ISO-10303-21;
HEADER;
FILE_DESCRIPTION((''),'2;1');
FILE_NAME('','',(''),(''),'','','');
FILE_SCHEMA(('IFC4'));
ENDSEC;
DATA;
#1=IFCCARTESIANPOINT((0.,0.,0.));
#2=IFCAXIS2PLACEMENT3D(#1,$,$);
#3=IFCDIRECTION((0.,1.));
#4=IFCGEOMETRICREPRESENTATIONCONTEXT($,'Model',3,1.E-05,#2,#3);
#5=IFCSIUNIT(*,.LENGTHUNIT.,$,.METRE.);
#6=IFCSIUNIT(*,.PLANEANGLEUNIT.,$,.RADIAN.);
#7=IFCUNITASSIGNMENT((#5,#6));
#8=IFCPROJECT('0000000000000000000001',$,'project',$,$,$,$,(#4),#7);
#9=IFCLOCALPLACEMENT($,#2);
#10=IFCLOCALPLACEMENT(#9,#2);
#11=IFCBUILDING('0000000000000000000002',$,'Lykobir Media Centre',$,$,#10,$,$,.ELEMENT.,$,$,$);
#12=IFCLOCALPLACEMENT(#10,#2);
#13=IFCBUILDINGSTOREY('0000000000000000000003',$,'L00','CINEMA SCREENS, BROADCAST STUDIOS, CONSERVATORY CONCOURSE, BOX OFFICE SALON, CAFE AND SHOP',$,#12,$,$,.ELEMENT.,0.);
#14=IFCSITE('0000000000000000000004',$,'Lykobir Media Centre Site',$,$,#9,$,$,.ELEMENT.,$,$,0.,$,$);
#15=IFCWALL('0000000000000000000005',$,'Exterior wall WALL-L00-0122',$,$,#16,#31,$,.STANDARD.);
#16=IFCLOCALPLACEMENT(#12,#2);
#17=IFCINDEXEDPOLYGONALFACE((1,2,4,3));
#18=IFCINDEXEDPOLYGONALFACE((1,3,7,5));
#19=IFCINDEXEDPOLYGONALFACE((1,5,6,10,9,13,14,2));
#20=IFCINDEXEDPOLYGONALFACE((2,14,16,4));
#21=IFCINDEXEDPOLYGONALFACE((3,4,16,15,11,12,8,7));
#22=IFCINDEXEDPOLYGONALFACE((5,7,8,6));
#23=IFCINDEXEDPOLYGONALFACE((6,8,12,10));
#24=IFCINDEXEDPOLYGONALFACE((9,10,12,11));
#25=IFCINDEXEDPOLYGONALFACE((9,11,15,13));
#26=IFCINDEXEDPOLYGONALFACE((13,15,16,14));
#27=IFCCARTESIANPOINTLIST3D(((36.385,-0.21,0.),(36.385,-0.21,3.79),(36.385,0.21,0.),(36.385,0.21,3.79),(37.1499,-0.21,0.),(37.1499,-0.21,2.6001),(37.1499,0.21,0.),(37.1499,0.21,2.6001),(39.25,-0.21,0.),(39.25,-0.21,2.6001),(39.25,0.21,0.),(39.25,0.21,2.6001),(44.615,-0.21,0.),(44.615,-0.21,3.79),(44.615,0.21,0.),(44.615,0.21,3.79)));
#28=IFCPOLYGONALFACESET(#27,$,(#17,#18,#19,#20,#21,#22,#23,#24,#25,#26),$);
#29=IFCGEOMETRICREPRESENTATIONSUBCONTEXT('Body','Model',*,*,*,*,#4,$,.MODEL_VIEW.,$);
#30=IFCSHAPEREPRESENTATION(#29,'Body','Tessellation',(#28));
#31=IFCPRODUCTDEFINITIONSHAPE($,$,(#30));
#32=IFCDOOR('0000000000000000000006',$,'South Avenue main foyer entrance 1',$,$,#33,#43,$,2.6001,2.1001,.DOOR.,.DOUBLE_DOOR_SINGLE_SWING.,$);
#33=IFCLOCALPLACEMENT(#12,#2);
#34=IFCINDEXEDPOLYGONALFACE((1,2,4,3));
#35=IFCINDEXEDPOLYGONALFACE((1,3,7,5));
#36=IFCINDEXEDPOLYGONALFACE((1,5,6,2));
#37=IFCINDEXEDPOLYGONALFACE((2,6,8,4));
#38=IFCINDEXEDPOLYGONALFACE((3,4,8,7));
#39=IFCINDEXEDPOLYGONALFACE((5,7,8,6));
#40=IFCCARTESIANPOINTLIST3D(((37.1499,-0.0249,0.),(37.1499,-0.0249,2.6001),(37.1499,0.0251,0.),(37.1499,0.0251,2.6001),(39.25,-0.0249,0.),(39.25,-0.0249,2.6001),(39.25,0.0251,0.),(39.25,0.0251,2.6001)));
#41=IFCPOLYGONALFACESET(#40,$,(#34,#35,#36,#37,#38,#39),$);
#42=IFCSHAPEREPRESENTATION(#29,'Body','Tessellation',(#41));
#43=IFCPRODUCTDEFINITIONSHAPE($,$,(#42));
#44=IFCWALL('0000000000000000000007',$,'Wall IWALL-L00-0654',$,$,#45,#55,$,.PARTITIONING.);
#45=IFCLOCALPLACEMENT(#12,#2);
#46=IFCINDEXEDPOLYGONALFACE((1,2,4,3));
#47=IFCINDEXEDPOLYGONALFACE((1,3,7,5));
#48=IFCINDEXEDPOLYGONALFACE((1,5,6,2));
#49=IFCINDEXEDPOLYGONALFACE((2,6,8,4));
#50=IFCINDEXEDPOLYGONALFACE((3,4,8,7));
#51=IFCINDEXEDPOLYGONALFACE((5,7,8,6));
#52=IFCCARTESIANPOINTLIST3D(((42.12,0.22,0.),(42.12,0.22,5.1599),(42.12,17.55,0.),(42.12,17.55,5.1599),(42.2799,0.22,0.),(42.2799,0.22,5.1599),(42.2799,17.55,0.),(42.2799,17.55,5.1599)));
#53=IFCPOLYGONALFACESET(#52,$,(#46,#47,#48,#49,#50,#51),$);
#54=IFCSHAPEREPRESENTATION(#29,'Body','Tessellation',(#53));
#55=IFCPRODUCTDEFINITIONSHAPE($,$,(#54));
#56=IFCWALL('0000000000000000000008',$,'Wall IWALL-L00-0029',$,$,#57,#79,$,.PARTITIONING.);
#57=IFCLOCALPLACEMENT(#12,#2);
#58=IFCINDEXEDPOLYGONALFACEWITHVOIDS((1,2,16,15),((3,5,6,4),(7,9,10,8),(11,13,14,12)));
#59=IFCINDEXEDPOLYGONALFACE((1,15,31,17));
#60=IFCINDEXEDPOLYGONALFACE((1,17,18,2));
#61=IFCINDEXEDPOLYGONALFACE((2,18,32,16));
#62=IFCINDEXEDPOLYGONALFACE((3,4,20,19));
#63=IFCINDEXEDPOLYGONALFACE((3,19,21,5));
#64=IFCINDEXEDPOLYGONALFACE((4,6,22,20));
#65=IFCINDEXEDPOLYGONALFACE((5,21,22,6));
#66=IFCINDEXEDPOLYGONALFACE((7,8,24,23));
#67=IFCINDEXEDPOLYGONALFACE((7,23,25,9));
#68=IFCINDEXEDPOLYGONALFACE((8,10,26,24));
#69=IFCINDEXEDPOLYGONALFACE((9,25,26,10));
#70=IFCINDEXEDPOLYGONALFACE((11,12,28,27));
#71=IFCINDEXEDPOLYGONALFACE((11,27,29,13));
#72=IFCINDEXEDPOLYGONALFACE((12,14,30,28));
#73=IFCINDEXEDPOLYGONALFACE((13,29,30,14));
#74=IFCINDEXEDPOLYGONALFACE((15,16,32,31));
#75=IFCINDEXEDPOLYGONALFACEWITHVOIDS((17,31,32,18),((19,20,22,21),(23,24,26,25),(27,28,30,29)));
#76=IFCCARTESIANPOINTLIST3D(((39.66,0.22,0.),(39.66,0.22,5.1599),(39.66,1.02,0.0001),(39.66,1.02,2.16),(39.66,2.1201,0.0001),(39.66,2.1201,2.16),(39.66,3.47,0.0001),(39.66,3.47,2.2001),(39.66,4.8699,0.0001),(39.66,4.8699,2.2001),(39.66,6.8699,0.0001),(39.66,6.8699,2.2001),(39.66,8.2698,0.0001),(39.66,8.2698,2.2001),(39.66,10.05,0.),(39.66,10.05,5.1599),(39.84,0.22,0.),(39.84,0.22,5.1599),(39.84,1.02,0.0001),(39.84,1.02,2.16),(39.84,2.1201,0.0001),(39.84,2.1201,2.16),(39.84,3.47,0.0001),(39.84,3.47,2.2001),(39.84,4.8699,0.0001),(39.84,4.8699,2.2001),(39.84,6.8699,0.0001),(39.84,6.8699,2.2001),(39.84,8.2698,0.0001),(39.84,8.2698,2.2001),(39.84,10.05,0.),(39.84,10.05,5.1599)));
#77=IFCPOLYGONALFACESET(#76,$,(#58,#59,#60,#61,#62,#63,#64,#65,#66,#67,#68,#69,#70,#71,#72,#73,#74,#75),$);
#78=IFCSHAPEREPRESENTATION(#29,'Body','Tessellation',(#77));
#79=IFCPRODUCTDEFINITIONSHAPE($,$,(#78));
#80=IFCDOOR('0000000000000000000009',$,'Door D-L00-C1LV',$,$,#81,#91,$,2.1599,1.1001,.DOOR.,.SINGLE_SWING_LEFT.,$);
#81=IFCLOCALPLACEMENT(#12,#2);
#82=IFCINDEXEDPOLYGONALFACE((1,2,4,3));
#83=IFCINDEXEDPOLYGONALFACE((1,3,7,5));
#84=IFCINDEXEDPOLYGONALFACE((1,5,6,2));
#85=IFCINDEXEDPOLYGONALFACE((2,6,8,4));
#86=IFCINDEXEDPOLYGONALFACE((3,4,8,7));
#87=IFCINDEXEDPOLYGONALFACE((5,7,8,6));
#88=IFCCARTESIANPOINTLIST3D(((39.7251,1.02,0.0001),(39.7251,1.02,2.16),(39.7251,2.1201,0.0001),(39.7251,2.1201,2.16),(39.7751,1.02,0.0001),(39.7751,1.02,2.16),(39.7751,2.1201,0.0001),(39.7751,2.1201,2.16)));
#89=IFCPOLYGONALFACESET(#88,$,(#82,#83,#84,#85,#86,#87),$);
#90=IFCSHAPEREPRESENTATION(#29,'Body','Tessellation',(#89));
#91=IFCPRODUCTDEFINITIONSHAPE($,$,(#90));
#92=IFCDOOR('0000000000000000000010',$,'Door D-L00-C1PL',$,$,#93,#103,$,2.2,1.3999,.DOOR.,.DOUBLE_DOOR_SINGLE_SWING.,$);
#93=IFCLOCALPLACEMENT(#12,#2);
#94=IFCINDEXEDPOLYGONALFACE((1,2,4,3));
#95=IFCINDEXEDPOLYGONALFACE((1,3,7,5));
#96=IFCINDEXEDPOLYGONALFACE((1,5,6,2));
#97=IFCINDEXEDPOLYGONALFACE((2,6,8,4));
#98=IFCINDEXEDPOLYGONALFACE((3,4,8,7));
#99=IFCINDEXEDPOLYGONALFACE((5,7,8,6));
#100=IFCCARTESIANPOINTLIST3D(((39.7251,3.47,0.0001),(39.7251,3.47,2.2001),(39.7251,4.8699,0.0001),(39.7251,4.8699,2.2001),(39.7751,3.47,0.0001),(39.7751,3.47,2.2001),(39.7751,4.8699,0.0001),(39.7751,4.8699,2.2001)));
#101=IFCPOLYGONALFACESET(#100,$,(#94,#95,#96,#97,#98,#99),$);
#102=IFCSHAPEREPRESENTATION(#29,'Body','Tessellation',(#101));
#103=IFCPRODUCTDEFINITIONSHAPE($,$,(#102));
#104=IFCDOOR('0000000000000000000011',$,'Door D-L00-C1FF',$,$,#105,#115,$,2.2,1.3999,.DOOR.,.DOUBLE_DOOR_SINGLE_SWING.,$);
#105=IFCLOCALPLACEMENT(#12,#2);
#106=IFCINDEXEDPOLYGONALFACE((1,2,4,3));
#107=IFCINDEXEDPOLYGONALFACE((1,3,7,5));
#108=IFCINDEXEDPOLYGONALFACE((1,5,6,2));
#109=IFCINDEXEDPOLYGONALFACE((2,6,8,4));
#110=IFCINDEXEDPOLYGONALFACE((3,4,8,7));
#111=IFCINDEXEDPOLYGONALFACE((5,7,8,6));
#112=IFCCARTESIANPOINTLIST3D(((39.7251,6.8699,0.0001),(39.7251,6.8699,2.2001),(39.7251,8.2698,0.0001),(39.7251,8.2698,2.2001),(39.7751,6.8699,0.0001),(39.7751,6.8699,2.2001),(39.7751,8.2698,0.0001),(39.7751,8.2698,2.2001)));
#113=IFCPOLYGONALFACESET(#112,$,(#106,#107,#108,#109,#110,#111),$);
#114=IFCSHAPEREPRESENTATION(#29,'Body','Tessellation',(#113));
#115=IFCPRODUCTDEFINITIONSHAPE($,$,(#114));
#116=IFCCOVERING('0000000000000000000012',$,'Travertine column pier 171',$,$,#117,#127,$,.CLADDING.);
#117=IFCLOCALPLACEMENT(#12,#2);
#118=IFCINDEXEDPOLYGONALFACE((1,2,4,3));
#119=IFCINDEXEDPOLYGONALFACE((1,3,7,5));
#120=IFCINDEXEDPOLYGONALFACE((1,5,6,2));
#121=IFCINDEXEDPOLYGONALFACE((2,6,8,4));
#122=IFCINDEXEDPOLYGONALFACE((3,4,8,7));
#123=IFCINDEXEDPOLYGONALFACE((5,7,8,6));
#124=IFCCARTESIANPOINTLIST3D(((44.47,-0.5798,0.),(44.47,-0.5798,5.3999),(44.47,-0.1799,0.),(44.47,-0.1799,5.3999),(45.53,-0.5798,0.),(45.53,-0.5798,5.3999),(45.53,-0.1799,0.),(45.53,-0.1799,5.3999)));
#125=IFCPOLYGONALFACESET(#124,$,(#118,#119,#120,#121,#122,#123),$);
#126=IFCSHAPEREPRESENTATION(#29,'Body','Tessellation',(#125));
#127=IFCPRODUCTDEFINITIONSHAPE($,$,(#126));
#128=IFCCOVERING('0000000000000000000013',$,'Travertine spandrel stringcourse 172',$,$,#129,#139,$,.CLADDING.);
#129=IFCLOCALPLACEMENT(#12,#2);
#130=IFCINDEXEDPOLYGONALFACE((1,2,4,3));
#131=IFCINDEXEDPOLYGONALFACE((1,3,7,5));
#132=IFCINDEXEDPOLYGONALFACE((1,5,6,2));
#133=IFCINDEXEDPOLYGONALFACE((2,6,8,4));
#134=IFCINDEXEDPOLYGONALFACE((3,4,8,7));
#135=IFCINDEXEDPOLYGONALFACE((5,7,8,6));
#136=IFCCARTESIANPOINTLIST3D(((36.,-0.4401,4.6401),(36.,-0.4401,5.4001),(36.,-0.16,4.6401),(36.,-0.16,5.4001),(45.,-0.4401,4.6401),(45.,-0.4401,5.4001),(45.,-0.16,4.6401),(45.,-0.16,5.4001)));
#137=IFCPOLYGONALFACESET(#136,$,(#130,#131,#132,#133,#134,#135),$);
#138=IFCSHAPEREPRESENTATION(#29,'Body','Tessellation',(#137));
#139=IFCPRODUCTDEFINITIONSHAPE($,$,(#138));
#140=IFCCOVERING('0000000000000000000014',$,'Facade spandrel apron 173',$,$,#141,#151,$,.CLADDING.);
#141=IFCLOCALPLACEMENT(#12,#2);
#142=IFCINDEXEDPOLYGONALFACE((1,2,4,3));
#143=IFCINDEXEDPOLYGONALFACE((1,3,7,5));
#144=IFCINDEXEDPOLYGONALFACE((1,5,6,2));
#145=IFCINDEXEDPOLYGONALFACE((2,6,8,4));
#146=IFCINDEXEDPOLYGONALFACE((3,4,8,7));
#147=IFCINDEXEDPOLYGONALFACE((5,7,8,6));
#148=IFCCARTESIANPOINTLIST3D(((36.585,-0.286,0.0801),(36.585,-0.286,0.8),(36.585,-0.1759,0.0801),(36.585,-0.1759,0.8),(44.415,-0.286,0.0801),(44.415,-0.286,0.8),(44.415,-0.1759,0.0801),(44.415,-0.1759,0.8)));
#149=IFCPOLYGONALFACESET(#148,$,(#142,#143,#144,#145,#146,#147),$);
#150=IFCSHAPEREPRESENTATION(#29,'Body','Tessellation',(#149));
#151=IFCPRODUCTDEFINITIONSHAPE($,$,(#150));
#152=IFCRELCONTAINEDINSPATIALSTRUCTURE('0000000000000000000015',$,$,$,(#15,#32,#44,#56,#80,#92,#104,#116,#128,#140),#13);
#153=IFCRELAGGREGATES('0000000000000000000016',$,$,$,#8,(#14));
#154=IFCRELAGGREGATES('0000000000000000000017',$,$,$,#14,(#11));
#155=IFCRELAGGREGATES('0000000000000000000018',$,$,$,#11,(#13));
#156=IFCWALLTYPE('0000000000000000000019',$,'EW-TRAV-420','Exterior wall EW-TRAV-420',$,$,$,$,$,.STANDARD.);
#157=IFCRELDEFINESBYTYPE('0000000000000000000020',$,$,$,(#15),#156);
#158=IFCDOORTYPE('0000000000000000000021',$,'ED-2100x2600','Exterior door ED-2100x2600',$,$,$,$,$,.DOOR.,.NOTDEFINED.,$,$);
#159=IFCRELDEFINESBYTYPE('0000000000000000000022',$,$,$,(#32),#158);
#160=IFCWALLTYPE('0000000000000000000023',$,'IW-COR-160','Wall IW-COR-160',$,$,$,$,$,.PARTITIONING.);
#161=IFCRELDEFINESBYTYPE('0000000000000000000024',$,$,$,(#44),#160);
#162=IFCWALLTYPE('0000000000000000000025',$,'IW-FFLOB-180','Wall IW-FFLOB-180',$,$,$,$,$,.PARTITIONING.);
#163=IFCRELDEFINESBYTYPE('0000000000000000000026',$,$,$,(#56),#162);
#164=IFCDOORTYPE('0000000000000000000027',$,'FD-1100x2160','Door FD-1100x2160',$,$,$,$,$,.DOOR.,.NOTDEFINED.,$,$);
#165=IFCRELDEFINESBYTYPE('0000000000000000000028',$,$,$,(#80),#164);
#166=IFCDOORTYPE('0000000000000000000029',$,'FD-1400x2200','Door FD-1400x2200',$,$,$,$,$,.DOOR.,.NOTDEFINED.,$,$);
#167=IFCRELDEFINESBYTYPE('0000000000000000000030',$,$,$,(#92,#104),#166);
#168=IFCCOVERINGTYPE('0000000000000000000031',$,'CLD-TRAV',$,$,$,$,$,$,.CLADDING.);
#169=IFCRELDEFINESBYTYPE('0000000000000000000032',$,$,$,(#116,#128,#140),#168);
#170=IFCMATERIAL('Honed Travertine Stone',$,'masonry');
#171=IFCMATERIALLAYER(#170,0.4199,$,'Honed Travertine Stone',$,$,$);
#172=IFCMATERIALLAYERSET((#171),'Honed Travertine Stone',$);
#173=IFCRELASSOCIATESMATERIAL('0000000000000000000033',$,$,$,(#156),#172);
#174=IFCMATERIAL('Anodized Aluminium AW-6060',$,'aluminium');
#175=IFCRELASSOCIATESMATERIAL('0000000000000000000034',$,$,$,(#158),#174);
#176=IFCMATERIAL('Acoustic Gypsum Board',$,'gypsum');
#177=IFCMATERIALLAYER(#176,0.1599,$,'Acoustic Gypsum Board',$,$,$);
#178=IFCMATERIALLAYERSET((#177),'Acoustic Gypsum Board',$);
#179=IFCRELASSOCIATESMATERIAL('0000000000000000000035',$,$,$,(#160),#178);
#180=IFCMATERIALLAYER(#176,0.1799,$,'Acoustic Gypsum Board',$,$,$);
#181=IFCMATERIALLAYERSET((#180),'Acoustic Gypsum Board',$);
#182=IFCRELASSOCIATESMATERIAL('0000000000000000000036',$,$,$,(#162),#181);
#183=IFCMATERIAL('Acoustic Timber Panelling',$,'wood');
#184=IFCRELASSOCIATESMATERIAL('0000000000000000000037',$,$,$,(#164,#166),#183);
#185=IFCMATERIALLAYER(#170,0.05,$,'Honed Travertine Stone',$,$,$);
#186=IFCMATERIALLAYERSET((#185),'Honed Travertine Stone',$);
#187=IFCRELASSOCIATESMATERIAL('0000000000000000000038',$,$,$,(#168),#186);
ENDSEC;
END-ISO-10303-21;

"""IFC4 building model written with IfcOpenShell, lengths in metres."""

from ifc_helpers import new_model, si_unit, direction, frame, frame_2d, origin, origin_2d, place, context, subcontext, project, spatial, rectangle, extrude, material, layer, layer_set, type_object, element, fill, save


model = new_model("IFC4")

# Units and contexts
model_context = context("Model", 3, precision=1e-05, world=origin(), true_north=direction((0.0, 1.0)))
body_context = subcontext(model_context, "Body", "Model", "MODEL_VIEW")
ifc_project = project(units=[si_unit("LENGTHUNIT", "METRE"), si_unit("PLANEANGLEUNIT", "RADIAN")], contexts=[model_context])

# Site, building, storey
site_placement = place(None, origin())
site = spatial("IfcSite", under=ifc_project, at=site_placement, Name="Lykobir Media Centre Site", CompositionType="ELEMENT", RefElevation=0.0)
building_placement = place(site_placement, origin())
building = spatial("IfcBuilding", under=site, at=building_placement, Name="Lykobir Media Centre", CompositionType="ELEMENT")
storey_placement = place(building_placement, origin())
storey = spatial("IfcBuildingStorey", under=building, at=storey_placement, Name="L00", Description="CINEMA SCREENS, BROADCAST STUDIOS, CONSERVATORY CONCOURSE, BOX OFFICE SALON, CAFE AND SHOP", CompositionType="ELEMENT", Elevation=0.0)

# Shared definitions
ifc_material_1 = material(Name="Honed Travertine Stone", Category="masonry")

# Wall, opening, door
ifc_layer_1 = layer(ifc_material_1, 0.4199, Name="Honed Travertine Stone")
ifc_layer_set_1 = layer_set([ifc_layer_1], Name="Honed Travertine Stone")
wall_type_1 = type_object("IfcWallType", Name="EW-TRAV-420", Description="Exterior wall EW-TRAV-420", PredefinedType="STANDARD", material=ifc_layer_set_1)
wall_1_placement = place(storey_placement, frame((36.385, 0.0, 0.0), z_axis=(0.0, 0.0, 1.0), x_axis=(1.0, 0.0, 0.0)))
wall_1 = element("IfcWall", 1, at=wall_1_placement, inside=storey, type_object=wall_type_1, Name="Exterior wall WALL-L00-0122", PredefinedType="STANDARD", context=body_context, shape_type="SweptSolid", body=[
    extrude(rectangle(XDim=8.23, YDim=0.4199, at=frame_2d((4.115, 0.0))), origin(), (0.0, 0.0, 1.0), 3.79),
])
opening_1_placement = place(wall_1_placement, frame((0.7649, 0.0, 0.0)))
opening_1 = element("IfcOpeningElement", 2, at=opening_1_placement, cuts=wall_1, PredefinedType="OPENING", context=body_context, shape_type="SweptSolid", body=[
    extrude(rectangle(XDim=2.1001, YDim=2.6001, at=frame_2d((1.05, 1.3))), frame((0.0, 0.22, 0.0), z_axis=(0.0, -1.0, 0.0), x_axis=(1.0, 0.0, 0.0)), (0.0, 0.0, 1.0), 0.4399),
])
ifc_material_2 = material(Name="Anodized Aluminium AW-6060", Category="aluminium")
door_type_1 = type_object("IfcDoorType", Name="ED-2100x2600", Description="Exterior door ED-2100x2600", OperationType="NOTDEFINED", PredefinedType="DOOR", material=ifc_material_2)
door_1_placement = place(opening_1_placement, frame((2.1001, 0.0, 0.0), z_axis=(0.0, 0.0, 1.0), x_axis=(-1.0, 0.0, 0.0)))
door_1 = element("IfcDoor", 3, at=door_1_placement, inside=storey, type_object=door_type_1, Name="South Avenue main foyer entrance 1", OperationType="DOUBLE_DOOR_SINGLE_SWING", OverallHeight=2.6001, OverallWidth=2.1001, PredefinedType="DOOR", context=body_context, shape_type="SweptSolid", body=[
    extrude(rectangle(XDim=2.1001, YDim=2.6001, at=frame_2d((1.05, 1.3))), frame((0.0, 0.0249, 0.0), z_axis=(0.0, -1.0, 0.0), x_axis=(1.0, 0.0, 0.0)), (0.0, 0.0, 1.0), 0.05),
])
fill(opening_1, door_1)

# Wall
ifc_material_3 = material(Name="Acoustic Gypsum Board", Category="gypsum")
ifc_layer_2 = layer(ifc_material_3, 0.1599, Name="Acoustic Gypsum Board")
ifc_layer_set_2 = layer_set([ifc_layer_2], Name="Acoustic Gypsum Board")
wall_type_2 = type_object("IfcWallType", Name="IW-COR-160", Description="Wall IW-COR-160", PredefinedType="PARTITIONING", material=ifc_layer_set_2)
wall_2_placement = place(storey_placement, frame((42.2, 0.22, 0.0), z_axis=(0.0, 0.0, 1.0), x_axis=(0.0, 1.0, 0.0)))
element("IfcWall", 4, at=wall_2_placement, inside=storey, type_object=wall_type_2, Name="Wall IWALL-L00-0654", PredefinedType="PARTITIONING", context=body_context, shape_type="SweptSolid", body=[
    extrude(rectangle(XDim=17.3301, YDim=0.1599, at=frame_2d((8.665, 0.0))), origin(), (0.0, 0.0, 1.0), 5.1599),
])

# Wall, openings, doors
ifc_layer_3 = layer(ifc_material_3, 0.1799, Name="Acoustic Gypsum Board")
ifc_layer_set_3 = layer_set([ifc_layer_3], Name="Acoustic Gypsum Board")
wall_type_3 = type_object("IfcWallType", Name="IW-FFLOB-180", Description="Wall IW-FFLOB-180", PredefinedType="PARTITIONING", material=ifc_layer_set_3)
wall_3_placement = place(storey_placement, frame((39.75, 0.22, 0.0), z_axis=(0.0, 0.0, 1.0), x_axis=(0.0, 1.0, 0.0)))
wall_3 = element("IfcWall", 5, at=wall_3_placement, inside=storey, type_object=wall_type_3, Name="Wall IWALL-L00-0029", PredefinedType="PARTITIONING", context=body_context, shape_type="SweptSolid", body=[
    extrude(rectangle(XDim=9.8301, YDim=0.1799, at=frame_2d((4.915, 0.0))), origin(), (0.0, 0.0, 1.0), 5.1599),
])
opening_2_placement = place(wall_3_placement, frame((0.8, 0.0, 0.0)))
opening_2 = element("IfcOpeningElement", 6, at=opening_2_placement, cuts=wall_3, PredefinedType="OPENING", context=body_context, shape_type="SweptSolid", body=[
    extrude(rectangle(XDim=1.1001, YDim=2.1599, at=frame_2d((0.55, 1.0801))), frame((0.0, 0.0999, 0.0), z_axis=(0.0, -1.0, 0.0), x_axis=(1.0, 0.0, 0.0)), (0.0, 0.0, 1.0), 0.2),
])
opening_3_placement = place(wall_3_placement, frame((3.25, 0.0, 0.0)))
opening_3 = element("IfcOpeningElement", 7, at=opening_3_placement, cuts=wall_3, PredefinedType="OPENING", context=body_context, shape_type="SweptSolid", body=[
    extrude(rectangle(XDim=1.3999, YDim=2.2, at=frame_2d((0.7, 1.1001))), frame((0.0, 0.0999, 0.0), z_axis=(0.0, -1.0, 0.0), x_axis=(1.0, 0.0, 0.0)), (0.0, 0.0, 1.0), 0.2),
])
opening_4_placement = place(wall_3_placement, frame((6.6499, 0.0, 0.0)))
opening_4 = element("IfcOpeningElement", 8, at=opening_4_placement, cuts=wall_3, PredefinedType="OPENING", context=body_context, shape_type="SweptSolid", body=[
    extrude(rectangle(XDim=1.3999, YDim=2.2, at=frame_2d((0.7, 1.1001))), frame((0.0, 0.0999, 0.0), z_axis=(0.0, -1.0, 0.0), x_axis=(1.0, 0.0, 0.0)), (0.0, 0.0, 1.0), 0.2),
])
ifc_material_4 = material(Name="Acoustic Timber Panelling", Category="wood")
door_type_2 = type_object("IfcDoorType", Name="FD-1100x2160", Description="Door FD-1100x2160", OperationType="NOTDEFINED", PredefinedType="DOOR", material=ifc_material_4)
door_2_placement = place(opening_2_placement, origin())
door_2 = element("IfcDoor", 9, at=door_2_placement, inside=storey, type_object=door_type_2, Name="Door D-L00-C1LV", OperationType="SINGLE_SWING_LEFT", OverallHeight=2.1599, OverallWidth=1.1001, PredefinedType="DOOR", context=body_context, shape_type="SweptSolid", body=[
    extrude(rectangle(XDim=1.1001, YDim=2.1599, at=frame_2d((0.55, 1.0801))), frame((0.0, 0.0249, 0.0), z_axis=(0.0, -1.0, 0.0), x_axis=(1.0, 0.0, 0.0)), (0.0, 0.0, 1.0), 0.05),
])
fill(opening_2, door_2)
door_type_3 = type_object("IfcDoorType", Name="FD-1400x2200", Description="Door FD-1400x2200", OperationType="NOTDEFINED", PredefinedType="DOOR", material=ifc_material_4)
door_3_placement = place(opening_3_placement, origin())
door_3 = element("IfcDoor", 10, at=door_3_placement, inside=storey, type_object=door_type_3, Name="Door D-L00-C1PL", OperationType="DOUBLE_DOOR_SINGLE_SWING", OverallHeight=2.2, OverallWidth=1.3999, PredefinedType="DOOR", context=body_context, shape_type="SweptSolid", body=[
    extrude(rectangle(XDim=1.3999, YDim=2.2, at=frame_2d((0.7, 1.1001))), frame((0.0, 0.0249, 0.0), z_axis=(0.0, -1.0, 0.0), x_axis=(1.0, 0.0, 0.0)), (0.0, 0.0, 1.0), 0.05),
])
fill(opening_3, door_3)
door_4_placement = place(opening_4_placement, origin())
door_4 = element("IfcDoor", 11, at=door_4_placement, inside=storey, type_object=door_type_3, Name="Door D-L00-C1FF", OperationType="DOUBLE_DOOR_SINGLE_SWING", OverallHeight=2.2, OverallWidth=1.3999, PredefinedType="DOOR", context=body_context, shape_type="SweptSolid", body=[
    extrude(rectangle(XDim=1.3999, YDim=2.2, at=frame_2d((0.7, 1.1001))), frame((0.0, 0.0249, 0.0), z_axis=(0.0, -1.0, 0.0), x_axis=(1.0, 0.0, 0.0)), (0.0, 0.0, 1.0), 0.05),
])
fill(opening_4, door_4)

# Coverings
ifc_layer_4 = layer(ifc_material_1, 0.05, Name="Honed Travertine Stone")
ifc_layer_set_4 = layer_set([ifc_layer_4], Name="Honed Travertine Stone")
covering_type = type_object("IfcCoveringType", Name="CLD-TRAV", PredefinedType="CLADDING", material=ifc_layer_set_4)
covering_1_placement = place(storey_placement, frame((45.0, -0.3799, 0.0), z_axis=(0.0, 0.0, 1.0), x_axis=(1.0, 0.0, 0.0)))
element("IfcCovering", 12, at=covering_1_placement, inside=storey, type_object=covering_type, Name="Travertine column pier 171", PredefinedType="CLADDING", context=body_context, shape_type="SweptSolid", body=[
    extrude(rectangle(XDim=1.0601, YDim=0.3999, at=origin_2d()), origin(), (0.0, 0.0, 1.0), 5.3999),
])
covering_2_placement = place(storey_placement, frame((40.5, -0.3, 4.6401), z_axis=(0.0, 0.0, 1.0), x_axis=(1.0, 0.0, 0.0)))
element("IfcCovering", 13, at=covering_2_placement, inside=storey, type_object=covering_type, Name="Travertine spandrel stringcourse 172", PredefinedType="CLADDING", context=body_context, shape_type="SweptSolid", body=[
    extrude(rectangle(XDim=9.0, YDim=0.28, at=origin_2d()), origin(), (0.0, 0.0, 1.0), 0.76),
])
covering_3_placement = place(storey_placement, frame((40.5, -0.231, 0.0801), z_axis=(0.0, 0.0, 1.0), x_axis=(1.0, 0.0, 0.0)))
element("IfcCovering", 14, at=covering_3_placement, inside=storey, type_object=covering_type, Name="Facade spandrel apron 173", PredefinedType="CLADDING", context=body_context, shape_type="SweptSolid", body=[
    extrude(rectangle(XDim=7.8301, YDim=0.1101, at=origin_2d()), origin(), (0.0, 0.0, 1.0), 0.72),
])

save(model, "model.ifc")
